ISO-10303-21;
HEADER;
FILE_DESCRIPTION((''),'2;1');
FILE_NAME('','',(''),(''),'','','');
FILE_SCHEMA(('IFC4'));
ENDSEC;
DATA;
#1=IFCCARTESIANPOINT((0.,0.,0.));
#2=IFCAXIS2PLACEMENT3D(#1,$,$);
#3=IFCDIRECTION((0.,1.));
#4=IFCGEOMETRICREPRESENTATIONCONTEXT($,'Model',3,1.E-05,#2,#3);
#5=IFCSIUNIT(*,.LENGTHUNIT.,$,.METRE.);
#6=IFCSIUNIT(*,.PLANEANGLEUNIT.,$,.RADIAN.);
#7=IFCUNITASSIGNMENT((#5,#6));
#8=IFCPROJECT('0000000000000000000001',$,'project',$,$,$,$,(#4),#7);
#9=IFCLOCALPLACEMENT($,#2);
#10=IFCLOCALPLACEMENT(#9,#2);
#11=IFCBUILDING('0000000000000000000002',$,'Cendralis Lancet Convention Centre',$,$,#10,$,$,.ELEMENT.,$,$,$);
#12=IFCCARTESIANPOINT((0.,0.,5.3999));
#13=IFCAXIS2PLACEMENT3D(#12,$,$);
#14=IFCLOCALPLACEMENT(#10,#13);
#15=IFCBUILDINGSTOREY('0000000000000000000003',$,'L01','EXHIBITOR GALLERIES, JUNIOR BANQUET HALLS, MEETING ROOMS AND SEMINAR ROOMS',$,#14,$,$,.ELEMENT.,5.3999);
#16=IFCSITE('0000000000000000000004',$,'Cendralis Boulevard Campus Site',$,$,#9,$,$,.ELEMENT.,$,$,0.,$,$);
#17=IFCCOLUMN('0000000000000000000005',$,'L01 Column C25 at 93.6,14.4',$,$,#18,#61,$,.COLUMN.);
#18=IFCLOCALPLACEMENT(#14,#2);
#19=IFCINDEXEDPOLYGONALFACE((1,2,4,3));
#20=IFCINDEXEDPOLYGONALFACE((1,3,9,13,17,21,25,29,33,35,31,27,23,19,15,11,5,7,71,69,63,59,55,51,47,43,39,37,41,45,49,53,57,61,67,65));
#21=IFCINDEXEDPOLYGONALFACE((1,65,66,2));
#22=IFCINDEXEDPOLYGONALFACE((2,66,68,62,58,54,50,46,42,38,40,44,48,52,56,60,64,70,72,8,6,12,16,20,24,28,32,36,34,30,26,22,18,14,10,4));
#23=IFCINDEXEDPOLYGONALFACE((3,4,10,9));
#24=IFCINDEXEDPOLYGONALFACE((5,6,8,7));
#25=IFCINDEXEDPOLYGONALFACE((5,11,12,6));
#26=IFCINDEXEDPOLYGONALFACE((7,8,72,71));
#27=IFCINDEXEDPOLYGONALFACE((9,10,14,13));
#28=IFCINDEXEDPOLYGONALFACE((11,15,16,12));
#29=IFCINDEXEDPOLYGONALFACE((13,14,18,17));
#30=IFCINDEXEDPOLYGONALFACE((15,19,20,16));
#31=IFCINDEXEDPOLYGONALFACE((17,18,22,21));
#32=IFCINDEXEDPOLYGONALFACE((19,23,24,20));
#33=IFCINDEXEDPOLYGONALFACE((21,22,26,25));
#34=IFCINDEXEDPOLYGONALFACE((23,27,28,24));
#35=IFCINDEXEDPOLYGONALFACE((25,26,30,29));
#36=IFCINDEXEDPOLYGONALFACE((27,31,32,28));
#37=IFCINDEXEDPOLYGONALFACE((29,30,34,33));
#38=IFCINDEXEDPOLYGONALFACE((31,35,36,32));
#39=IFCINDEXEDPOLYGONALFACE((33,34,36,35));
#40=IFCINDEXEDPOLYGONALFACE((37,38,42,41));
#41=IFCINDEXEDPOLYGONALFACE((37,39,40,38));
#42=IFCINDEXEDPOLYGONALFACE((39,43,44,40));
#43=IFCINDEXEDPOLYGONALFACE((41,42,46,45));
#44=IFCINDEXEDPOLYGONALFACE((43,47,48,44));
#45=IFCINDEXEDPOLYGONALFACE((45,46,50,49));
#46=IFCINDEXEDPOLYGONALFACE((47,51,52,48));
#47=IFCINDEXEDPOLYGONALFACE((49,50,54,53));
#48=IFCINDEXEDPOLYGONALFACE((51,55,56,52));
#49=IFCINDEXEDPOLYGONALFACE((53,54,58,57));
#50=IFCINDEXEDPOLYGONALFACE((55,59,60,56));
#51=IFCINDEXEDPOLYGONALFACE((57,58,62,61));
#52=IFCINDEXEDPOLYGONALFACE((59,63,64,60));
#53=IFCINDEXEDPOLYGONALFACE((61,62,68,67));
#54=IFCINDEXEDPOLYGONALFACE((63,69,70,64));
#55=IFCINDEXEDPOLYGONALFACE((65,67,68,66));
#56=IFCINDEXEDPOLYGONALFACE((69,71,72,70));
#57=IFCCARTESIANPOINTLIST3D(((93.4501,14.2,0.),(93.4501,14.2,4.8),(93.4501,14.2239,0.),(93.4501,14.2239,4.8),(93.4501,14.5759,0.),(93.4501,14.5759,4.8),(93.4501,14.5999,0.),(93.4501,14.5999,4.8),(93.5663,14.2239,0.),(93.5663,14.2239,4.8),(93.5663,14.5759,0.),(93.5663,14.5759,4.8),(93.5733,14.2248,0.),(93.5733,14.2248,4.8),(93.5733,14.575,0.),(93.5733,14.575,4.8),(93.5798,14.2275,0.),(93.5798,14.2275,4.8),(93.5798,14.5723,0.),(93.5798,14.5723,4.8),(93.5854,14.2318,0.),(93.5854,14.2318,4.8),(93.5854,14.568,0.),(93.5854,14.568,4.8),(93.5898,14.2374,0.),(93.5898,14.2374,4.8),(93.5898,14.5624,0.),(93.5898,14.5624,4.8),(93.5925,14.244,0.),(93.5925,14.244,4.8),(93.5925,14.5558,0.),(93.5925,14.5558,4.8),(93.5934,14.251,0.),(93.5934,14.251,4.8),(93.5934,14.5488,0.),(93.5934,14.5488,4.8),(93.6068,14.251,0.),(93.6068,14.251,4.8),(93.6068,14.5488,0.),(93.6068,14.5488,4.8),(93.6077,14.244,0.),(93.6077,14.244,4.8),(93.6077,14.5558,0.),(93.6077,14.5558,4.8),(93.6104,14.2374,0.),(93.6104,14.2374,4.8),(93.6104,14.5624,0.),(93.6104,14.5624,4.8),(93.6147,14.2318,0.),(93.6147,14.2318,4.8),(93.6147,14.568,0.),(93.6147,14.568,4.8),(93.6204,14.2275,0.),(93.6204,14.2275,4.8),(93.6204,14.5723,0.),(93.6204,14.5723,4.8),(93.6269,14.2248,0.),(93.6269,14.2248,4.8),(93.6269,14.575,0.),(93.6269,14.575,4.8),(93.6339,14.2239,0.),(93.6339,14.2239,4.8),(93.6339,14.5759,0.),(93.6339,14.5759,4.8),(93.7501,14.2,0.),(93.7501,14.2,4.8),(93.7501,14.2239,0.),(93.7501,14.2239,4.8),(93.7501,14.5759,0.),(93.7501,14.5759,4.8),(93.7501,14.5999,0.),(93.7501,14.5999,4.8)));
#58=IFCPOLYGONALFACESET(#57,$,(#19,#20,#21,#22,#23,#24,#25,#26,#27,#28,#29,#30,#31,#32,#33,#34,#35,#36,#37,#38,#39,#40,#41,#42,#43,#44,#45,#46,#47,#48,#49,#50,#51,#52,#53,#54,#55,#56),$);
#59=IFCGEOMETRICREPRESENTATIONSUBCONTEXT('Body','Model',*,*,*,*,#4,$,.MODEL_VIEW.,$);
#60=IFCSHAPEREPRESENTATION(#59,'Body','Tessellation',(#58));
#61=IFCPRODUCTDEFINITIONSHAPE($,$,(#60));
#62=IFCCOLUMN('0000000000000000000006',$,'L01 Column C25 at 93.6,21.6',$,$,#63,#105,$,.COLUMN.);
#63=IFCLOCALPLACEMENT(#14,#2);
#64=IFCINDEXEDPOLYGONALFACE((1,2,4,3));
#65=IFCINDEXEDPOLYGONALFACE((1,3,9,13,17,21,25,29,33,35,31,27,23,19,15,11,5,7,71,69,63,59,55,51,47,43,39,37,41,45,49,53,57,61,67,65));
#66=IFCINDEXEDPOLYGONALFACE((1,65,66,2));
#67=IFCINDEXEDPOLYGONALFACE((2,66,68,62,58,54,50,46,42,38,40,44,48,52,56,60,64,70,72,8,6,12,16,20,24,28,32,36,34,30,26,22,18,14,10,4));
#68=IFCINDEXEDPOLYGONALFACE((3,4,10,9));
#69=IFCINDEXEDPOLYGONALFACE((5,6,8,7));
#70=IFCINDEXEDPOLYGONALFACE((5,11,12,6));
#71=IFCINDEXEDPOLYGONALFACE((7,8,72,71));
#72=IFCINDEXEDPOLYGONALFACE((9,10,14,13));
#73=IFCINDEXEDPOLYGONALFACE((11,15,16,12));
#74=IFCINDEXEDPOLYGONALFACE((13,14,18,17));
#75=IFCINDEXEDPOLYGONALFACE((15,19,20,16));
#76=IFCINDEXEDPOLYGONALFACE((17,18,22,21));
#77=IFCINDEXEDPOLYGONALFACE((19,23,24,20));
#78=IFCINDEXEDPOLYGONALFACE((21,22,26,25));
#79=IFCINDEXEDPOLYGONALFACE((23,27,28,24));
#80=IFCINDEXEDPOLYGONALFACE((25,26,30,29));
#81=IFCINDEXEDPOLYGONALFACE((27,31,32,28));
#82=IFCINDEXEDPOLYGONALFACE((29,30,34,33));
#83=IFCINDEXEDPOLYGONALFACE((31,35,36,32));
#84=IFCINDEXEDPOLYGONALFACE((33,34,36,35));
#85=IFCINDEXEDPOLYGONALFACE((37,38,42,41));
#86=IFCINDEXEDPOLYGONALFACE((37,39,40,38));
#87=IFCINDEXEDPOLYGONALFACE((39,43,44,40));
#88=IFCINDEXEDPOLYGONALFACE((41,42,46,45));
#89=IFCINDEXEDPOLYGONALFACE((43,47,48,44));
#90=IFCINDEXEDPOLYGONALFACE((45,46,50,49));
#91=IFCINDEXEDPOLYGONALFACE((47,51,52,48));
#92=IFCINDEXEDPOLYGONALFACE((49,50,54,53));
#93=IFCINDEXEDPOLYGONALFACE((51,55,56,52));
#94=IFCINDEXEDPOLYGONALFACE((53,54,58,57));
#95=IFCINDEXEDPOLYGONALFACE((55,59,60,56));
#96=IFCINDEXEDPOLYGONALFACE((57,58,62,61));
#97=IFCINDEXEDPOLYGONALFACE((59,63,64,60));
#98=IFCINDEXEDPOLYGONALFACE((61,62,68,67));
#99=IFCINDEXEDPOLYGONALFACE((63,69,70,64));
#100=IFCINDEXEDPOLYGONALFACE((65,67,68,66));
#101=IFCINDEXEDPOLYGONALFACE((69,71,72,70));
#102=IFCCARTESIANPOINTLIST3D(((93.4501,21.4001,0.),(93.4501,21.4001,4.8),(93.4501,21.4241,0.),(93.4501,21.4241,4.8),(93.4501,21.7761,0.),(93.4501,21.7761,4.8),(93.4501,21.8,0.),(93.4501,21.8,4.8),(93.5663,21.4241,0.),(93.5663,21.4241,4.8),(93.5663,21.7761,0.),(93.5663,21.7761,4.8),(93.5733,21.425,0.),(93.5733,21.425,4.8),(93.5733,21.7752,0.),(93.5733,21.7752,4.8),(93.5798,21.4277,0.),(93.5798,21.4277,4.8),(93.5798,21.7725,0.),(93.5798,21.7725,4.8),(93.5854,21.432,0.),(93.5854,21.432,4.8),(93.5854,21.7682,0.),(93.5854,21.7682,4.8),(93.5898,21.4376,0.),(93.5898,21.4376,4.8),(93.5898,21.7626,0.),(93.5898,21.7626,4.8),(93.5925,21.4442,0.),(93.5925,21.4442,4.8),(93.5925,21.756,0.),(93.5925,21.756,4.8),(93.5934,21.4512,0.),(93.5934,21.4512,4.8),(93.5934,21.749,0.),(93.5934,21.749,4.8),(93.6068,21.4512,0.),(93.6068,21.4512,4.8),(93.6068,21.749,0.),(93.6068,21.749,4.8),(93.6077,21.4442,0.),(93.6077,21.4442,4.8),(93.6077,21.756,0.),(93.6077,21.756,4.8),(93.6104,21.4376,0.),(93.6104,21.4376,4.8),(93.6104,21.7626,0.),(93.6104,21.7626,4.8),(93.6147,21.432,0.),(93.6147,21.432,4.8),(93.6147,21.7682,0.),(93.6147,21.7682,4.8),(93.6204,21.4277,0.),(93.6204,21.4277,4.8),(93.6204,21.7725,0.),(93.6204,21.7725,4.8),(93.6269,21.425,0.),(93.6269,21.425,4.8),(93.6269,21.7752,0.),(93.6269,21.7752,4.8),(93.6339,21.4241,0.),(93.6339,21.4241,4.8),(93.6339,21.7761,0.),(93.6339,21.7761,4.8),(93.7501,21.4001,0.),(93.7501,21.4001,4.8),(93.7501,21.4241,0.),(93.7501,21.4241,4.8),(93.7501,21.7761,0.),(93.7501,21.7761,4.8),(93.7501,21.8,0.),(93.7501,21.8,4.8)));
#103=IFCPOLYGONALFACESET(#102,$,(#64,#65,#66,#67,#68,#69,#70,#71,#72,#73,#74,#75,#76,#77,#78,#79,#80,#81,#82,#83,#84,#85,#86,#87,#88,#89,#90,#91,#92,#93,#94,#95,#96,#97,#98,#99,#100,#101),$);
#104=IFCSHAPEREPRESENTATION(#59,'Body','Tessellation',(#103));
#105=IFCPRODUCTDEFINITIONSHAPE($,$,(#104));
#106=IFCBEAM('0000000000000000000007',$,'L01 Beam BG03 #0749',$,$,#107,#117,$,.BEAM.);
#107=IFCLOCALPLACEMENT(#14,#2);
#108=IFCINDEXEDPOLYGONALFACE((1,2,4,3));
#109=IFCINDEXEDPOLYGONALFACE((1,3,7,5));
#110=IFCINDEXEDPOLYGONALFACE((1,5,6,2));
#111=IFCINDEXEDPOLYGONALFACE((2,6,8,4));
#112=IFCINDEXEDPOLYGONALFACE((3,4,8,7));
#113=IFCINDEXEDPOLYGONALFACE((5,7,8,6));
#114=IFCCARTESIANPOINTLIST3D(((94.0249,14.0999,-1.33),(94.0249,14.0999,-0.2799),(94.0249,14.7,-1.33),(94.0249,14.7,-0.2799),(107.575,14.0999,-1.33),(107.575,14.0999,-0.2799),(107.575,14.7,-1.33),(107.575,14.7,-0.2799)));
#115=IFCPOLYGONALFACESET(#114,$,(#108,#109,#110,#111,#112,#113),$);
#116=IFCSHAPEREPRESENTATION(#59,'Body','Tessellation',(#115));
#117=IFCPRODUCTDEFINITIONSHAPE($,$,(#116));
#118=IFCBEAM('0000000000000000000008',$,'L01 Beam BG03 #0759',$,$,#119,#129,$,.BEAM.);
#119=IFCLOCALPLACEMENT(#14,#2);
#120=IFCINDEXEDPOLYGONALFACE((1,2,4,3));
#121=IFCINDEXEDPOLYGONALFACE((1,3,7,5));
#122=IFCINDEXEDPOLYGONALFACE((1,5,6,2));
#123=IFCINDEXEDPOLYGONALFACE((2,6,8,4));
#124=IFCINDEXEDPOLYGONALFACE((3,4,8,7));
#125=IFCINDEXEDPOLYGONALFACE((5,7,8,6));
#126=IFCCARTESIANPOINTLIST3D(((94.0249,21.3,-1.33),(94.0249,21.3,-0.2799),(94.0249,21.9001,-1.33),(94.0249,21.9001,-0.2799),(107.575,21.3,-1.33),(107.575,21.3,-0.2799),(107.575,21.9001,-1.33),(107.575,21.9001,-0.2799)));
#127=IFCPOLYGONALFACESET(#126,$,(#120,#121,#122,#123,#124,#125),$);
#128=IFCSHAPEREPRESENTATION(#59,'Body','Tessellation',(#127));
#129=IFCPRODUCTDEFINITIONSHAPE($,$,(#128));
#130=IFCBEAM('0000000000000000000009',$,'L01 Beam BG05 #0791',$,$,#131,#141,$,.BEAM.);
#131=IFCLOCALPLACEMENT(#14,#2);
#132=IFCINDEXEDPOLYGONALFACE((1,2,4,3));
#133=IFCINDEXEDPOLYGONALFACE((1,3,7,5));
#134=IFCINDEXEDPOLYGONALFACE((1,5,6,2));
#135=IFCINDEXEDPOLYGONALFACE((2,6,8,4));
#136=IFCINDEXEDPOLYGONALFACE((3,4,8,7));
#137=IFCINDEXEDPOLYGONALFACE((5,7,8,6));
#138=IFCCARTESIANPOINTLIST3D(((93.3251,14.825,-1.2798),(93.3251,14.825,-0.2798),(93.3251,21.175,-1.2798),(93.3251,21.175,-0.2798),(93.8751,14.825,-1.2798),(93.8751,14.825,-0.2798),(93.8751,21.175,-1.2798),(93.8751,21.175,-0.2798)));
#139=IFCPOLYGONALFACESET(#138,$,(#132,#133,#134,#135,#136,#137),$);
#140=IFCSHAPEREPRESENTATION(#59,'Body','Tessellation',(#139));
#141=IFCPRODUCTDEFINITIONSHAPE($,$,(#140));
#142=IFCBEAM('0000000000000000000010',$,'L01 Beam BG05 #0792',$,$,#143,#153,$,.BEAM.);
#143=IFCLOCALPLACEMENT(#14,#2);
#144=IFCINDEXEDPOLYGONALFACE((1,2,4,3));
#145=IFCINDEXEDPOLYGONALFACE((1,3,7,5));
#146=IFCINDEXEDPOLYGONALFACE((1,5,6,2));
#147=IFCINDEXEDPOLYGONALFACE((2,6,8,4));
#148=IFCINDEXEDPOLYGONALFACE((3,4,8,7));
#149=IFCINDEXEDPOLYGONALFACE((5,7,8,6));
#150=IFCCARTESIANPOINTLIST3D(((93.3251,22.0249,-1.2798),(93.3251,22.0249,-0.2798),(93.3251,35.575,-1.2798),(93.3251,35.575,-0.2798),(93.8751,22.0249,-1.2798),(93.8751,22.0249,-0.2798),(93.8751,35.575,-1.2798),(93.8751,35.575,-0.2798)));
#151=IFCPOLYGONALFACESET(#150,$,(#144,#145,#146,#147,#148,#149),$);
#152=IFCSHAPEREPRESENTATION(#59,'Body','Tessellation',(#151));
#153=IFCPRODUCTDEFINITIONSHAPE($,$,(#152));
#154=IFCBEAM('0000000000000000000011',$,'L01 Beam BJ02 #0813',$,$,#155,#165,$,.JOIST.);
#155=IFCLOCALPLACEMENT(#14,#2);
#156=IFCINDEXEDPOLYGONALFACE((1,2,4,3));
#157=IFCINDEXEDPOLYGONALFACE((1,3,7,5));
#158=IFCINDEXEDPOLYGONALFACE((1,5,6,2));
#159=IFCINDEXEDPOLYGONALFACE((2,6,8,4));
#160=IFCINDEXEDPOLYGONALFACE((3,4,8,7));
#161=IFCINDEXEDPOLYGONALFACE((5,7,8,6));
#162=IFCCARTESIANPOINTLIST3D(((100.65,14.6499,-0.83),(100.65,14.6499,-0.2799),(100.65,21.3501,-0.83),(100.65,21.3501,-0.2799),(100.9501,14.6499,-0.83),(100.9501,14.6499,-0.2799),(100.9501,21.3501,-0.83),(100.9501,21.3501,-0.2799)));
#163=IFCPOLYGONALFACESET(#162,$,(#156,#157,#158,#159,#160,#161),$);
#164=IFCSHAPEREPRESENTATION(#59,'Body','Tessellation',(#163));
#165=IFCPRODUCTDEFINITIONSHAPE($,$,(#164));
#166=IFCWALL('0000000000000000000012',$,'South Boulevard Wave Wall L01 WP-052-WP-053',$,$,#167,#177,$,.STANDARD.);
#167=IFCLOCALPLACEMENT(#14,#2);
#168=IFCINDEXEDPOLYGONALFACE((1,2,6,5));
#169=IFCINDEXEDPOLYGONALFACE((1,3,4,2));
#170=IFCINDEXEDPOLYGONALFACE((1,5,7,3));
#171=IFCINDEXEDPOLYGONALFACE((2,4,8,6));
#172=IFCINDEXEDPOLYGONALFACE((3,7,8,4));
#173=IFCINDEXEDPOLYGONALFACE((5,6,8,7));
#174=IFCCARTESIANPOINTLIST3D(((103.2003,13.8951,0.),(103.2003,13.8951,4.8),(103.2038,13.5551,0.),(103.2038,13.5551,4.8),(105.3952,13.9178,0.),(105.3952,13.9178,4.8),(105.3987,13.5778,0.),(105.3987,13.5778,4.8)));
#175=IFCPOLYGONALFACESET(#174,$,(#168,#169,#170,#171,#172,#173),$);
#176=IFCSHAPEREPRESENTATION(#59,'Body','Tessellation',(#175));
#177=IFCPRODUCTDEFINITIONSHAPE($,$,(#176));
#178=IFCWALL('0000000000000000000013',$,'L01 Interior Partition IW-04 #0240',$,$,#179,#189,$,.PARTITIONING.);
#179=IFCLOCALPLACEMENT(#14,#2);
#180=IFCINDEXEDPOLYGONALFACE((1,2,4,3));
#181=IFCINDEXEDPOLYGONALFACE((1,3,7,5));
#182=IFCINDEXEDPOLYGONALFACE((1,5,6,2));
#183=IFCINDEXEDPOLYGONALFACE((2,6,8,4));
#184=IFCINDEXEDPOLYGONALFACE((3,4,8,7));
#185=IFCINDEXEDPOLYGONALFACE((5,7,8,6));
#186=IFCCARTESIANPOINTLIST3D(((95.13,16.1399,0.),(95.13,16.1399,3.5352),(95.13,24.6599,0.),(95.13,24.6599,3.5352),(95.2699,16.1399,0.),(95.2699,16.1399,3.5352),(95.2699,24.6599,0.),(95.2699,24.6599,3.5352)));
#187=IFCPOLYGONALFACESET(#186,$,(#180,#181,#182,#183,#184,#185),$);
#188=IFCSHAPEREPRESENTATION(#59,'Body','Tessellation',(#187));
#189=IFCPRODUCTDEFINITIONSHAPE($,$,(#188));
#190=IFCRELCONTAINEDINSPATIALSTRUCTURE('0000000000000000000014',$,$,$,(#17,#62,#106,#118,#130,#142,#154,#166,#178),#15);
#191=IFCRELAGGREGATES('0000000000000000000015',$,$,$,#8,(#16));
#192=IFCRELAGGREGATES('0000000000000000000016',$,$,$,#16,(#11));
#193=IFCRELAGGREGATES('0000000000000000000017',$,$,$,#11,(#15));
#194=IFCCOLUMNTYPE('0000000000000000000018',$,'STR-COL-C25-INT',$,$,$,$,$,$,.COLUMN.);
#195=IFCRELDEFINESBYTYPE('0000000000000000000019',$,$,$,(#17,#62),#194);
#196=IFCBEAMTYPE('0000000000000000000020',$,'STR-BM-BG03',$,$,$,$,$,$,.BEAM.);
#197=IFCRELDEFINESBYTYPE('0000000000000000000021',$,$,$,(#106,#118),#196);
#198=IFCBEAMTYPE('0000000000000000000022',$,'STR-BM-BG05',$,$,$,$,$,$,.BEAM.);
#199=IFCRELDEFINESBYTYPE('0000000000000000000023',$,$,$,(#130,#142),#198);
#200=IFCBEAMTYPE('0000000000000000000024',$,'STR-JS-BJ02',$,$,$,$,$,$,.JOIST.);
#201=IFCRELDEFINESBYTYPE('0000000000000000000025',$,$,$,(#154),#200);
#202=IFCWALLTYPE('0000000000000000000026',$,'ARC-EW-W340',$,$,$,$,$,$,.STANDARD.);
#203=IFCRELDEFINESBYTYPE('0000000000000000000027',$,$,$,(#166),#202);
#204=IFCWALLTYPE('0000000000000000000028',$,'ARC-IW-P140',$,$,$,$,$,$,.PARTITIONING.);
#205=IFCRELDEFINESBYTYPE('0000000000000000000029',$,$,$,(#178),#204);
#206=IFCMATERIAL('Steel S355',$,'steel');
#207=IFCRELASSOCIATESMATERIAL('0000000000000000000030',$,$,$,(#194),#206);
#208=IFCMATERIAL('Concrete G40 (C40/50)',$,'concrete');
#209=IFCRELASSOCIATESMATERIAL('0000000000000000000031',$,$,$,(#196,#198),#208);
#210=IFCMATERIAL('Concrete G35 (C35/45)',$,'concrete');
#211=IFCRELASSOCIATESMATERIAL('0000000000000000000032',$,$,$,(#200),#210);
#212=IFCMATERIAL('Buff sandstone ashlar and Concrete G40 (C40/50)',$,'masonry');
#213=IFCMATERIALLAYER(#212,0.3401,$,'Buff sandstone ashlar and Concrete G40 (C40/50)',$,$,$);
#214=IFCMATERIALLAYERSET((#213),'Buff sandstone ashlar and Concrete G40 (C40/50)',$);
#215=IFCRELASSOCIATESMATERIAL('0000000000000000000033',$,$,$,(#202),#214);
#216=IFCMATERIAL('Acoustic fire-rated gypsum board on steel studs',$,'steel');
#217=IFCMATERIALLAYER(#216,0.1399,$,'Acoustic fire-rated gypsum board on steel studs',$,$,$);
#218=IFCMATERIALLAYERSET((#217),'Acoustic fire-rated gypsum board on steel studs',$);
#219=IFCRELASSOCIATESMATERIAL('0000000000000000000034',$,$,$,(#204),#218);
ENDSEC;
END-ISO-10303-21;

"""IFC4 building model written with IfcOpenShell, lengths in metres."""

from ifc_helpers import new_model, si_unit, direction, frame, frame_2d, origin, origin_2d, place, context, subcontext, project, spatial, rectangle, i_section, extrude, material, layer, layer_set, material_profile, profile_set, type_object, element, save


model = new_model("IFC4")

# Units and contexts
model_context = context("Model", 3, precision=1e-05, world=origin(), true_north=direction((0.0, 1.0)))
body_context = subcontext(model_context, "Body", "Model", "MODEL_VIEW")
ifc_project = project(units=[si_unit("LENGTHUNIT", "METRE"), si_unit("PLANEANGLEUNIT", "RADIAN")], contexts=[model_context])

# Site, building, storey
site_placement = place(None, origin())
site = spatial("IfcSite", under=ifc_project, at=site_placement, Name="Cendralis Boulevard Campus Site", CompositionType="ELEMENT", RefElevation=0.0)
building_placement = place(site_placement, origin())
building = spatial("IfcBuilding", under=site, at=building_placement, Name="Cendralis Lancet Convention Centre", CompositionType="ELEMENT")
storey_placement = place(building_placement, frame((0.0, 0.0, 5.3999)))
storey = spatial("IfcBuildingStorey", under=building, at=storey_placement, Name="L01", Description="EXHIBITOR GALLERIES, JUNIOR BANQUET HALLS, MEETING ROOMS AND SEMINAR ROOMS", CompositionType="ELEMENT", Elevation=5.3999)

# Columns
ifc_material_1 = material(Name="Steel S355", Category="steel")
ifc_material_profile_1 = material_profile(ifc_material_1, i_section(OverallWidth=0.3, OverallDepth=0.3999, WebThickness=0.0134, FlangeThickness=0.0239, FilletRadius=0.0271, at=origin_2d()), Name="HEB 400")
ifc_profile_set_1 = profile_set([ifc_material_profile_1], Name="Steel S355")
column_type = type_object("IfcColumnType", Name="STR-COL-C25-INT", PredefinedType="COLUMN", material=ifc_profile_set_1)
for number, where, z_axis, x_axis, name in (
    (1, (93.6001, 14.3999, 0.0), (0.0, 0.0, 1.0), (1.0, 0.0, 0.0), "L01 Column C25 at 93.6,14.4"),
    (2, (93.6001, 21.6001, 0.0), (0.0, 0.0, 1.0), (1.0, 0.0, 0.0), "L01 Column C25 at 93.6,21.6"),
):
    element("IfcColumn", number, at=place(storey_placement, frame(where, z_axis=z_axis, x_axis=x_axis)), inside=storey, type_object=column_type, Name=name, PredefinedType="COLUMN", context=body_context, shape_type="SweptSolid", body=[
        extrude(i_section(OverallWidth=0.3, OverallDepth=0.3999, WebThickness=0.0134, FlangeThickness=0.0239, FilletRadius=0.0271, at=origin_2d()), origin(), (0.0, 0.0, 1.0), 4.8),
    ])

# Beams
ifc_material_2 = material(Name="Concrete G40 (C40/50)", Category="concrete")
ifc_material_profile_2 = material_profile(ifc_material_2, rectangle(XDim=0.6001, YDim=1.05, at=origin_2d()), Name="RCB 600x1050")
ifc_profile_set_2 = profile_set([ifc_material_profile_2], Name="Concrete G40 (C40/50)")
beam_type_1 = type_object("IfcBeamType", Name="STR-BM-BG03", PredefinedType="BEAM", material=ifc_profile_set_2)
for number, where, z_axis, x_axis, name in (
    (3, (94.0249, 14.3999, -0.8049), (1.0, 0.0, 0.0), (0.0, 1.0, 0.0), "L01 Beam BG03 #0749"),
    (4, (94.0249, 21.6001, -0.8049), (1.0, 0.0, 0.0), (0.0, 1.0, 0.0), "L01 Beam BG03 #0759"),
):
    element("IfcBeam", number, at=place(storey_placement, frame(where, z_axis=z_axis, x_axis=x_axis)), inside=storey, type_object=beam_type_1, Name=name, PredefinedType="BEAM", context=body_context, shape_type="SweptSolid", body=[
        extrude(rectangle(XDim=0.6001, YDim=1.05, at=origin_2d()), origin(), (0.0, 0.0, 1.0), 13.55),
    ])
ifc_material_profile_3 = material_profile(ifc_material_2, rectangle(XDim=0.55, YDim=1.0, at=origin_2d()), Name="RCB 550x1000")
ifc_profile_set_3 = profile_set([ifc_material_profile_3], Name="Concrete G40 (C40/50)")
beam_type_2 = type_object("IfcBeamType", Name="STR-BM-BG05", PredefinedType="BEAM", material=ifc_profile_set_3)
beam_1_placement = place(storey_placement, frame((93.6001, 14.825, -0.7798), z_axis=(0.0, 1.0, 0.0), x_axis=(-1.0, 0.0, 0.0)))
element("IfcBeam", 5, at=beam_1_placement, inside=storey, type_object=beam_type_2, Name="L01 Beam BG05 #0791", PredefinedType="BEAM", context=body_context, shape_type="SweptSolid", body=[
    extrude(rectangle(XDim=0.55, YDim=1.0, at=origin_2d()), origin(), (0.0, 0.0, 1.0), 6.3501),
])
beam_2_placement = place(storey_placement, frame((93.6001, 22.0249, -0.7798), z_axis=(0.0, 1.0, 0.0), x_axis=(-1.0, 0.0, 0.0)))
element("IfcBeam", 6, at=beam_2_placement, inside=storey, type_object=beam_type_2, Name="L01 Beam BG05 #0792", PredefinedType="BEAM", context=body_context, shape_type="SweptSolid", body=[
    extrude(rectangle(XDim=0.55, YDim=1.0, at=origin_2d()), origin(), (0.0, 0.0, 1.0), 13.55),
])
ifc_material_3 = material(Name="Concrete G35 (C35/45)", Category="concrete")
ifc_material_profile_4 = material_profile(ifc_material_3, rectangle(XDim=0.3, YDim=0.55, at=origin_2d()), Name="RCB 300x550")
ifc_profile_set_4 = profile_set([ifc_material_profile_4], Name="Concrete G35 (C35/45)")
beam_type_3 = type_object("IfcBeamType", Name="STR-JS-BJ02", PredefinedType="JOIST", material=ifc_profile_set_4)
beam_3_placement = place(storey_placement, frame((100.8, 14.6499, -0.5549), z_axis=(0.0, 1.0, 0.0), x_axis=(-1.0, 0.0, 0.0)))
element("IfcBeam", 7, at=beam_3_placement, inside=storey, type_object=beam_type_3, Name="L01 Beam BJ02 #0813", PredefinedType="JOIST", context=body_context, shape_type="SweptSolid", body=[
    extrude(rectangle(XDim=0.3, YDim=0.55, at=origin_2d()), origin(), (0.0, 0.0, 1.0), 6.7002),
])

# Walls
ifc_material_4 = material(Name="Buff sandstone ashlar and Concrete G40 (C40/50)", Category="masonry")
ifc_layer_1 = layer(ifc_material_4, 0.3401, Name="Buff sandstone ashlar and Concrete G40 (C40/50)")
ifc_layer_set_1 = layer_set([ifc_layer_1], Name="Buff sandstone ashlar and Concrete G40 (C40/50)")
wall_type_1 = type_object("IfcWallType", Name="ARC-EW-W340", PredefinedType="STANDARD", material=ifc_layer_set_1)
wall_1_placement = place(storey_placement, frame((103.2019, 13.7251, 0.0), z_axis=(0.0, 0.0, 1.0), x_axis=(0.999947, 0.010343, 0.0)))
element("IfcWall", 8, at=wall_1_placement, inside=storey, type_object=wall_type_1, Name="South Boulevard Wave Wall L01 WP-052-WP-053", PredefinedType="STANDARD", context=body_context, shape_type="SweptSolid", body=[
    extrude(rectangle(XDim=2.1951, YDim=0.3401, at=frame_2d((1.0977, 0.0))), origin(), (0.0, 0.0, 1.0), 4.8),
])
ifc_material_5 = material(Name="Acoustic fire-rated gypsum board on steel studs", Category="steel")
ifc_layer_2 = layer(ifc_material_5, 0.1399, Name="Acoustic fire-rated gypsum board on steel studs")
ifc_layer_set_2 = layer_set([ifc_layer_2], Name="Acoustic fire-rated gypsum board on steel studs")
wall_type_2 = type_object("IfcWallType", Name="ARC-IW-P140", PredefinedType="PARTITIONING", material=ifc_layer_set_2)
wall_2_placement = place(storey_placement, frame((95.2, 16.1399, 0.0), z_axis=(0.0, 0.0, 1.0), x_axis=(0.0, 1.0, 0.0)))
element("IfcWall", 9, at=wall_2_placement, inside=storey, type_object=wall_type_2, Name="L01 Interior Partition IW-04 #0240", PredefinedType="PARTITIONING", context=body_context, shape_type="SweptSolid", body=[
    extrude(rectangle(XDim=8.52, YDim=0.1399, at=frame_2d((4.26, 0.0))), origin(), (0.0, 0.0, 1.0), 3.5352),
])

save(model, "model.ifc")
